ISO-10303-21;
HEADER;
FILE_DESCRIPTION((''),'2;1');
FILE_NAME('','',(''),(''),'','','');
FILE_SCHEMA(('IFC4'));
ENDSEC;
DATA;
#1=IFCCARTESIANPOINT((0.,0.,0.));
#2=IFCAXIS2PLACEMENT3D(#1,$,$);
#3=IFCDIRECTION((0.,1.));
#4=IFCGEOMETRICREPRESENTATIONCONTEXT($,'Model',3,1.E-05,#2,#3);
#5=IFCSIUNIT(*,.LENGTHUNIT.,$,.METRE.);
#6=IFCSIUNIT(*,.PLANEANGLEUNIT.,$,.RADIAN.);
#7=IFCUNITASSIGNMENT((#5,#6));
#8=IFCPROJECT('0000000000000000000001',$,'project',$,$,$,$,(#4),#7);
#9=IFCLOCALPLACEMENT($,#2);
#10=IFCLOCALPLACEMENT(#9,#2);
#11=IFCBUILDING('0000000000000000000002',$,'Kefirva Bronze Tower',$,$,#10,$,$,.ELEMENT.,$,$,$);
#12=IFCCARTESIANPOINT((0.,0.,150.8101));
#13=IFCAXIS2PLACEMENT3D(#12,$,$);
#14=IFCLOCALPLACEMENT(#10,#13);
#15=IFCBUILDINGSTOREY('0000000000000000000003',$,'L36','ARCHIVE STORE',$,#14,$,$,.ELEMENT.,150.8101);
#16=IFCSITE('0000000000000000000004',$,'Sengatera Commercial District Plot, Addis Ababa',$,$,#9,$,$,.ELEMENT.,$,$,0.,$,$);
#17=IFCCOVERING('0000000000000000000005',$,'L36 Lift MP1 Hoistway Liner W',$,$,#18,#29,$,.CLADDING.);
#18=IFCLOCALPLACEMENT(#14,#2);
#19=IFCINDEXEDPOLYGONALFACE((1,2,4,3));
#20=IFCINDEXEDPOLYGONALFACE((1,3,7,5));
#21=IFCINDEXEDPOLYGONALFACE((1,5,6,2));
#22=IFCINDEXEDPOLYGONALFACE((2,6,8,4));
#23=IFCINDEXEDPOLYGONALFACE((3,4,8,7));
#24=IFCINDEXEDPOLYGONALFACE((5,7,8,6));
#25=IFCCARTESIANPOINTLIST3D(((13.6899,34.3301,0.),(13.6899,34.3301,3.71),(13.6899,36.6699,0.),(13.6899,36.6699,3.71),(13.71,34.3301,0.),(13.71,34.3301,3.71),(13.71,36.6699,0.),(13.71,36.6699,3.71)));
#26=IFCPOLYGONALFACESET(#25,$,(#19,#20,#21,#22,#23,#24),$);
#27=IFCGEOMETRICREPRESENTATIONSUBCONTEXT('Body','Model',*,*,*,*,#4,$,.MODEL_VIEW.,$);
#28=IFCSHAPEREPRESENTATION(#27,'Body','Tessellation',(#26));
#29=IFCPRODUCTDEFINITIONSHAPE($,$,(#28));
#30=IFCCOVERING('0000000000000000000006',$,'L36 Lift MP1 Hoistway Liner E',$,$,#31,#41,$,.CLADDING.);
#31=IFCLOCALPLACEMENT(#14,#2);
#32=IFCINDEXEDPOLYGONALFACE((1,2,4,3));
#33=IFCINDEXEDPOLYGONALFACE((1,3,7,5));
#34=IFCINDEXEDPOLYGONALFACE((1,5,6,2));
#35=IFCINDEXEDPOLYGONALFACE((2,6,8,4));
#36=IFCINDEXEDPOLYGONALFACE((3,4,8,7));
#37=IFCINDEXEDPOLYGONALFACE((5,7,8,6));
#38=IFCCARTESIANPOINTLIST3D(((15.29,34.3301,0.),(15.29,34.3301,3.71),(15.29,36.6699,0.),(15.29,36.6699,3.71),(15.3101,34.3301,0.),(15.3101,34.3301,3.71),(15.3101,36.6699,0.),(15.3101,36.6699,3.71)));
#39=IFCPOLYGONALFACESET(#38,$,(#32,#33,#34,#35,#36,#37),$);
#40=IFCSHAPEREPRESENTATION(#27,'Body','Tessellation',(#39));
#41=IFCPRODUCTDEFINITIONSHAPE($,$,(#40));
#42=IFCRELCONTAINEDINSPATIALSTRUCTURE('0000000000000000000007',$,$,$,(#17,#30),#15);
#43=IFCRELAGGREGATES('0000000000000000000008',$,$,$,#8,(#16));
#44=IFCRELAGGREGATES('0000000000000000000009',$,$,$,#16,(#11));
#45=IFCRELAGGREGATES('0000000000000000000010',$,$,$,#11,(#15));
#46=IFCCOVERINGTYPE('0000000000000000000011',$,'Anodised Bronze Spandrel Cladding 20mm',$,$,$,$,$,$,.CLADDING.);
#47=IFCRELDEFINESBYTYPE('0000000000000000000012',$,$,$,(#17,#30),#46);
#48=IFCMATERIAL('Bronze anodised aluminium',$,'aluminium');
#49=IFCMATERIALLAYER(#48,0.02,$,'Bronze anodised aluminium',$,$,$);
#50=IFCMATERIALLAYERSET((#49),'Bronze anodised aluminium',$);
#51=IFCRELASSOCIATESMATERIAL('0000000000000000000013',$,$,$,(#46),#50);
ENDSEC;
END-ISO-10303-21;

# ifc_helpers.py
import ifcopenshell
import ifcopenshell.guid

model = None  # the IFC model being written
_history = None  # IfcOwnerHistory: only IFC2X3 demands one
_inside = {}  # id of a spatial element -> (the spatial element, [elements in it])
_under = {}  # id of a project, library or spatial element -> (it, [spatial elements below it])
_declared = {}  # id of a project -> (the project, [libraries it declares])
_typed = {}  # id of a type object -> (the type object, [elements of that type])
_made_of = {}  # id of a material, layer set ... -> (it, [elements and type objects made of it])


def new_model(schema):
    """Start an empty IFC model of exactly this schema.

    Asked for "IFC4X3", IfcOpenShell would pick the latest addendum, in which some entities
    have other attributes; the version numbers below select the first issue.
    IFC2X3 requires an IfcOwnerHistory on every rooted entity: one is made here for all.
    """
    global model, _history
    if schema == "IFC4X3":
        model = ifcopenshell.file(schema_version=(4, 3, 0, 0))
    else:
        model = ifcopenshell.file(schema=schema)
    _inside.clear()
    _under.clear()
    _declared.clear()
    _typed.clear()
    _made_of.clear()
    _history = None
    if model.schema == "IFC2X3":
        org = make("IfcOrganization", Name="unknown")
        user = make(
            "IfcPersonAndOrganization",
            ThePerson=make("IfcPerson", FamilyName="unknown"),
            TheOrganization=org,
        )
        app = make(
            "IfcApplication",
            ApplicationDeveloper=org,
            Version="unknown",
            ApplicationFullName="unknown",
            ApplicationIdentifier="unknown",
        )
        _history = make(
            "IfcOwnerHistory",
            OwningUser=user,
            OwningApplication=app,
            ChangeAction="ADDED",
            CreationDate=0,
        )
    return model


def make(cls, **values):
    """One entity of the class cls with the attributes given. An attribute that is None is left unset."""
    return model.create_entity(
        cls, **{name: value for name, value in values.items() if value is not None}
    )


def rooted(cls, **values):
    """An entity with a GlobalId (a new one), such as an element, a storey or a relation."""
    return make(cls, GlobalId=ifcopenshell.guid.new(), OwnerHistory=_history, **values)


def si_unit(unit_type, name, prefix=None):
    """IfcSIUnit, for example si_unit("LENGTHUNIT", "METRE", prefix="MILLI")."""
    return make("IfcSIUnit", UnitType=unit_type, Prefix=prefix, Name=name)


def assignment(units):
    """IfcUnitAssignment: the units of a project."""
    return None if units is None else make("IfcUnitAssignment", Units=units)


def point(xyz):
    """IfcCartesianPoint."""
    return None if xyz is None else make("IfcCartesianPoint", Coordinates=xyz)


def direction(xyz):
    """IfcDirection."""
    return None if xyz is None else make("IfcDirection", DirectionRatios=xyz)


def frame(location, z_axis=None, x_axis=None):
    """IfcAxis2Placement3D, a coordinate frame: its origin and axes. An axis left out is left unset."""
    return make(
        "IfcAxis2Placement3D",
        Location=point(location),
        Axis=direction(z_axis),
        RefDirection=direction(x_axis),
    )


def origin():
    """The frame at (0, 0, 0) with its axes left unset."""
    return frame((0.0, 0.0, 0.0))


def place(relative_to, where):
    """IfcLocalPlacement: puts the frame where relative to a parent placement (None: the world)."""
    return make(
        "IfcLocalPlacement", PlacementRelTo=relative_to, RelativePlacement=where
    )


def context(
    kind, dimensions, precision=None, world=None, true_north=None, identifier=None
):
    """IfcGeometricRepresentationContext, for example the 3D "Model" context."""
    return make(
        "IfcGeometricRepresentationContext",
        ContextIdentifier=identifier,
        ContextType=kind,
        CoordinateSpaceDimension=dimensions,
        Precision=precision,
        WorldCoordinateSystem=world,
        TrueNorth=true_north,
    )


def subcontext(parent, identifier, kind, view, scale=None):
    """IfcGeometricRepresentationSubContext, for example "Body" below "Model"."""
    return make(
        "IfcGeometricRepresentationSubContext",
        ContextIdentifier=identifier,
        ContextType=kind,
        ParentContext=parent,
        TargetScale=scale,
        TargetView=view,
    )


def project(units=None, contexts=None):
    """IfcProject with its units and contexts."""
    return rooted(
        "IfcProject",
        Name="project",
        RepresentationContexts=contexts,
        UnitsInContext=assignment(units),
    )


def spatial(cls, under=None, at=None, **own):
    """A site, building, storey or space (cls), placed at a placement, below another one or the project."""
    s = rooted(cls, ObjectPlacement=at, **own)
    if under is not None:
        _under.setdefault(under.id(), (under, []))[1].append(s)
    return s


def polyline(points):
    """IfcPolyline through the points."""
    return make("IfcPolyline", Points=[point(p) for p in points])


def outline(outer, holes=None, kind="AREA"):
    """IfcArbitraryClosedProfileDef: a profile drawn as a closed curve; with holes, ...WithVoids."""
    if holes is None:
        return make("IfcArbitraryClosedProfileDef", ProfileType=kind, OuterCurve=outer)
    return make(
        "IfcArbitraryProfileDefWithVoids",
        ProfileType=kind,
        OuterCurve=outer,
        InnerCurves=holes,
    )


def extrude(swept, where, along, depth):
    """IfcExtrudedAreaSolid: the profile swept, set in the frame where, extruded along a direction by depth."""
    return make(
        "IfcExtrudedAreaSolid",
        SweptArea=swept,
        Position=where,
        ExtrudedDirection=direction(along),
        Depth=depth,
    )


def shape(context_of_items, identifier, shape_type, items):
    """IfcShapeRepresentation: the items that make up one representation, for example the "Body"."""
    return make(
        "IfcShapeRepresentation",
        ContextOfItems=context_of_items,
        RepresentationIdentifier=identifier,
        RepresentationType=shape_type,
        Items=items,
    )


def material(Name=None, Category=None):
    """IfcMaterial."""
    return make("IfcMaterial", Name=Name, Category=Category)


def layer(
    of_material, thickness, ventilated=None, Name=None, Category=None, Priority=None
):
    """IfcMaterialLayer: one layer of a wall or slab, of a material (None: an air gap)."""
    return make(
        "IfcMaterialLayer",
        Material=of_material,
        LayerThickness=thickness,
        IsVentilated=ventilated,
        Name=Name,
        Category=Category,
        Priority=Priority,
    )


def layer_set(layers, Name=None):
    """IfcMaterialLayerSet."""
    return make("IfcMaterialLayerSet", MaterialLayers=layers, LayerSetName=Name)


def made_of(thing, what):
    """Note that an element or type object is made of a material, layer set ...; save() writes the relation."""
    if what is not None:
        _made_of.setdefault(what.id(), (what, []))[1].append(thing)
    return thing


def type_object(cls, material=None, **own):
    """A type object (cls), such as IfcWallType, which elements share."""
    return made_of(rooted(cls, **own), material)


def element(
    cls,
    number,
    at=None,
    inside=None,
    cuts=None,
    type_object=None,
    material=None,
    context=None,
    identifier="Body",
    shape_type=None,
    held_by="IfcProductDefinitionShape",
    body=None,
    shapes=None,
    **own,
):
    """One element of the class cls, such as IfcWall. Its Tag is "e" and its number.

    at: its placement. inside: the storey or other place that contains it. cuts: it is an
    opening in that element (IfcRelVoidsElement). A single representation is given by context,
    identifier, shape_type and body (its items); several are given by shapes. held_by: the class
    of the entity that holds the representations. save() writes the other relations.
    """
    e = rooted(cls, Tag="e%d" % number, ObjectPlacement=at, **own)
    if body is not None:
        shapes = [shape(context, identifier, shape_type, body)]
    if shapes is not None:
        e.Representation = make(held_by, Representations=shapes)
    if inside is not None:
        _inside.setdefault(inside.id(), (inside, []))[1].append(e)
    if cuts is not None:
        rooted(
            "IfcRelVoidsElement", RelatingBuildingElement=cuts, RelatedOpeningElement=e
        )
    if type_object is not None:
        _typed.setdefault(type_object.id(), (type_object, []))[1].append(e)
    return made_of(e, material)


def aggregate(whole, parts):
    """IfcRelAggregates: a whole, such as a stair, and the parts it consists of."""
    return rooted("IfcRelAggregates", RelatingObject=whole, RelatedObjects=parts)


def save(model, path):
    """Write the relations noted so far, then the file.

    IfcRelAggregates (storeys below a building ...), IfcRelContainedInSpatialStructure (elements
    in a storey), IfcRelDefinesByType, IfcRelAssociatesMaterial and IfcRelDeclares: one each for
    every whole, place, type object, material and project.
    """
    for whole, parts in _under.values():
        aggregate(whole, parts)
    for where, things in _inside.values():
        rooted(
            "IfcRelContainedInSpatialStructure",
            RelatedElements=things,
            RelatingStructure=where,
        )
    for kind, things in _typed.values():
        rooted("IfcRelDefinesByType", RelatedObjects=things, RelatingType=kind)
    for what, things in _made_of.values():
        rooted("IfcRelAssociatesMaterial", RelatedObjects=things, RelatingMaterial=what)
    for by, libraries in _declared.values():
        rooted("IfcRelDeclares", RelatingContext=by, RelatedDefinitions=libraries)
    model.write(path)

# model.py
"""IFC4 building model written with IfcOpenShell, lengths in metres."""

from ifc_helpers import new_model, si_unit, direction, frame, origin, place, context, subcontext, project, spatial, polyline, outline, extrude, material, layer, layer_set, type_object, element, save


model = new_model("IFC4")

# Units and contexts
model_context = context("Model", 3, precision=1e-05, world=origin(), true_north=direction((0.0, 1.0)))
body_context = subcontext(model_context, "Body", "Model", "MODEL_VIEW")
ifc_project = project(units=[si_unit("LENGTHUNIT", "METRE"), si_unit("PLANEANGLEUNIT", "RADIAN")], contexts=[model_context])

# Site, building, storey
site_placement = place(None, origin())
site = spatial("IfcSite", under=ifc_project, at=site_placement, Name="Sengatera Commercial District Plot, Addis Ababa", CompositionType="ELEMENT", RefElevation=0.0)
building_placement = place(site_placement, origin())
building = spatial("IfcBuilding", under=site, at=building_placement, Name="Kefirva Bronze Tower", CompositionType="ELEMENT")
storey_placement = place(building_placement, frame((0.0, 0.0, 150.8101)))
storey = spatial("IfcBuildingStorey", under=building, at=storey_placement, Name="L36", Description="ARCHIVE STORE", CompositionType="ELEMENT", Elevation=150.8101)

# Coverings
ifc_material_1 = material(Name="Bronze anodised aluminium", Category="aluminium")
ifc_layer_1 = layer(ifc_material_1, 0.02, Name="Bronze anodised aluminium")
ifc_layer_set_1 = layer_set([ifc_layer_1], Name="Bronze anodised aluminium")
covering_type = type_object("IfcCoveringType", Name="Anodised Bronze Spandrel Cladding 20mm", PredefinedType="CLADDING", material=ifc_layer_set_1)
covering_1_placement = place(storey_placement, origin())
element("IfcCovering", 1, at=covering_1_placement, inside=storey, type_object=covering_type, Name="L36 Lift MP1 Hoistway Liner W", PredefinedType="CLADDING", context=body_context, shape_type="SweptSolid", body=[
    extrude(outline(polyline([(13.6899, 34.3301), (13.71, 34.3301), (13.71, 36.6699), (13.6899, 36.6699), (13.6899, 34.3301)])), origin(), (0.0, 0.0, 1.0), 3.71),
])
covering_2_placement = place(storey_placement, origin())
element("IfcCovering", 2, at=covering_2_placement, inside=storey, type_object=covering_type, Name="L36 Lift MP1 Hoistway Liner E", PredefinedType="CLADDING", context=body_context, shape_type="SweptSolid", body=[
    extrude(outline(polyline([(15.29, 34.3301), (15.3101, 34.3301), (15.3101, 36.6699), (15.29, 36.6699), (15.29, 34.3301)])), origin(), (0.0, 0.0, 1.0), 3.71),
])

save(model, "model.ifc")
